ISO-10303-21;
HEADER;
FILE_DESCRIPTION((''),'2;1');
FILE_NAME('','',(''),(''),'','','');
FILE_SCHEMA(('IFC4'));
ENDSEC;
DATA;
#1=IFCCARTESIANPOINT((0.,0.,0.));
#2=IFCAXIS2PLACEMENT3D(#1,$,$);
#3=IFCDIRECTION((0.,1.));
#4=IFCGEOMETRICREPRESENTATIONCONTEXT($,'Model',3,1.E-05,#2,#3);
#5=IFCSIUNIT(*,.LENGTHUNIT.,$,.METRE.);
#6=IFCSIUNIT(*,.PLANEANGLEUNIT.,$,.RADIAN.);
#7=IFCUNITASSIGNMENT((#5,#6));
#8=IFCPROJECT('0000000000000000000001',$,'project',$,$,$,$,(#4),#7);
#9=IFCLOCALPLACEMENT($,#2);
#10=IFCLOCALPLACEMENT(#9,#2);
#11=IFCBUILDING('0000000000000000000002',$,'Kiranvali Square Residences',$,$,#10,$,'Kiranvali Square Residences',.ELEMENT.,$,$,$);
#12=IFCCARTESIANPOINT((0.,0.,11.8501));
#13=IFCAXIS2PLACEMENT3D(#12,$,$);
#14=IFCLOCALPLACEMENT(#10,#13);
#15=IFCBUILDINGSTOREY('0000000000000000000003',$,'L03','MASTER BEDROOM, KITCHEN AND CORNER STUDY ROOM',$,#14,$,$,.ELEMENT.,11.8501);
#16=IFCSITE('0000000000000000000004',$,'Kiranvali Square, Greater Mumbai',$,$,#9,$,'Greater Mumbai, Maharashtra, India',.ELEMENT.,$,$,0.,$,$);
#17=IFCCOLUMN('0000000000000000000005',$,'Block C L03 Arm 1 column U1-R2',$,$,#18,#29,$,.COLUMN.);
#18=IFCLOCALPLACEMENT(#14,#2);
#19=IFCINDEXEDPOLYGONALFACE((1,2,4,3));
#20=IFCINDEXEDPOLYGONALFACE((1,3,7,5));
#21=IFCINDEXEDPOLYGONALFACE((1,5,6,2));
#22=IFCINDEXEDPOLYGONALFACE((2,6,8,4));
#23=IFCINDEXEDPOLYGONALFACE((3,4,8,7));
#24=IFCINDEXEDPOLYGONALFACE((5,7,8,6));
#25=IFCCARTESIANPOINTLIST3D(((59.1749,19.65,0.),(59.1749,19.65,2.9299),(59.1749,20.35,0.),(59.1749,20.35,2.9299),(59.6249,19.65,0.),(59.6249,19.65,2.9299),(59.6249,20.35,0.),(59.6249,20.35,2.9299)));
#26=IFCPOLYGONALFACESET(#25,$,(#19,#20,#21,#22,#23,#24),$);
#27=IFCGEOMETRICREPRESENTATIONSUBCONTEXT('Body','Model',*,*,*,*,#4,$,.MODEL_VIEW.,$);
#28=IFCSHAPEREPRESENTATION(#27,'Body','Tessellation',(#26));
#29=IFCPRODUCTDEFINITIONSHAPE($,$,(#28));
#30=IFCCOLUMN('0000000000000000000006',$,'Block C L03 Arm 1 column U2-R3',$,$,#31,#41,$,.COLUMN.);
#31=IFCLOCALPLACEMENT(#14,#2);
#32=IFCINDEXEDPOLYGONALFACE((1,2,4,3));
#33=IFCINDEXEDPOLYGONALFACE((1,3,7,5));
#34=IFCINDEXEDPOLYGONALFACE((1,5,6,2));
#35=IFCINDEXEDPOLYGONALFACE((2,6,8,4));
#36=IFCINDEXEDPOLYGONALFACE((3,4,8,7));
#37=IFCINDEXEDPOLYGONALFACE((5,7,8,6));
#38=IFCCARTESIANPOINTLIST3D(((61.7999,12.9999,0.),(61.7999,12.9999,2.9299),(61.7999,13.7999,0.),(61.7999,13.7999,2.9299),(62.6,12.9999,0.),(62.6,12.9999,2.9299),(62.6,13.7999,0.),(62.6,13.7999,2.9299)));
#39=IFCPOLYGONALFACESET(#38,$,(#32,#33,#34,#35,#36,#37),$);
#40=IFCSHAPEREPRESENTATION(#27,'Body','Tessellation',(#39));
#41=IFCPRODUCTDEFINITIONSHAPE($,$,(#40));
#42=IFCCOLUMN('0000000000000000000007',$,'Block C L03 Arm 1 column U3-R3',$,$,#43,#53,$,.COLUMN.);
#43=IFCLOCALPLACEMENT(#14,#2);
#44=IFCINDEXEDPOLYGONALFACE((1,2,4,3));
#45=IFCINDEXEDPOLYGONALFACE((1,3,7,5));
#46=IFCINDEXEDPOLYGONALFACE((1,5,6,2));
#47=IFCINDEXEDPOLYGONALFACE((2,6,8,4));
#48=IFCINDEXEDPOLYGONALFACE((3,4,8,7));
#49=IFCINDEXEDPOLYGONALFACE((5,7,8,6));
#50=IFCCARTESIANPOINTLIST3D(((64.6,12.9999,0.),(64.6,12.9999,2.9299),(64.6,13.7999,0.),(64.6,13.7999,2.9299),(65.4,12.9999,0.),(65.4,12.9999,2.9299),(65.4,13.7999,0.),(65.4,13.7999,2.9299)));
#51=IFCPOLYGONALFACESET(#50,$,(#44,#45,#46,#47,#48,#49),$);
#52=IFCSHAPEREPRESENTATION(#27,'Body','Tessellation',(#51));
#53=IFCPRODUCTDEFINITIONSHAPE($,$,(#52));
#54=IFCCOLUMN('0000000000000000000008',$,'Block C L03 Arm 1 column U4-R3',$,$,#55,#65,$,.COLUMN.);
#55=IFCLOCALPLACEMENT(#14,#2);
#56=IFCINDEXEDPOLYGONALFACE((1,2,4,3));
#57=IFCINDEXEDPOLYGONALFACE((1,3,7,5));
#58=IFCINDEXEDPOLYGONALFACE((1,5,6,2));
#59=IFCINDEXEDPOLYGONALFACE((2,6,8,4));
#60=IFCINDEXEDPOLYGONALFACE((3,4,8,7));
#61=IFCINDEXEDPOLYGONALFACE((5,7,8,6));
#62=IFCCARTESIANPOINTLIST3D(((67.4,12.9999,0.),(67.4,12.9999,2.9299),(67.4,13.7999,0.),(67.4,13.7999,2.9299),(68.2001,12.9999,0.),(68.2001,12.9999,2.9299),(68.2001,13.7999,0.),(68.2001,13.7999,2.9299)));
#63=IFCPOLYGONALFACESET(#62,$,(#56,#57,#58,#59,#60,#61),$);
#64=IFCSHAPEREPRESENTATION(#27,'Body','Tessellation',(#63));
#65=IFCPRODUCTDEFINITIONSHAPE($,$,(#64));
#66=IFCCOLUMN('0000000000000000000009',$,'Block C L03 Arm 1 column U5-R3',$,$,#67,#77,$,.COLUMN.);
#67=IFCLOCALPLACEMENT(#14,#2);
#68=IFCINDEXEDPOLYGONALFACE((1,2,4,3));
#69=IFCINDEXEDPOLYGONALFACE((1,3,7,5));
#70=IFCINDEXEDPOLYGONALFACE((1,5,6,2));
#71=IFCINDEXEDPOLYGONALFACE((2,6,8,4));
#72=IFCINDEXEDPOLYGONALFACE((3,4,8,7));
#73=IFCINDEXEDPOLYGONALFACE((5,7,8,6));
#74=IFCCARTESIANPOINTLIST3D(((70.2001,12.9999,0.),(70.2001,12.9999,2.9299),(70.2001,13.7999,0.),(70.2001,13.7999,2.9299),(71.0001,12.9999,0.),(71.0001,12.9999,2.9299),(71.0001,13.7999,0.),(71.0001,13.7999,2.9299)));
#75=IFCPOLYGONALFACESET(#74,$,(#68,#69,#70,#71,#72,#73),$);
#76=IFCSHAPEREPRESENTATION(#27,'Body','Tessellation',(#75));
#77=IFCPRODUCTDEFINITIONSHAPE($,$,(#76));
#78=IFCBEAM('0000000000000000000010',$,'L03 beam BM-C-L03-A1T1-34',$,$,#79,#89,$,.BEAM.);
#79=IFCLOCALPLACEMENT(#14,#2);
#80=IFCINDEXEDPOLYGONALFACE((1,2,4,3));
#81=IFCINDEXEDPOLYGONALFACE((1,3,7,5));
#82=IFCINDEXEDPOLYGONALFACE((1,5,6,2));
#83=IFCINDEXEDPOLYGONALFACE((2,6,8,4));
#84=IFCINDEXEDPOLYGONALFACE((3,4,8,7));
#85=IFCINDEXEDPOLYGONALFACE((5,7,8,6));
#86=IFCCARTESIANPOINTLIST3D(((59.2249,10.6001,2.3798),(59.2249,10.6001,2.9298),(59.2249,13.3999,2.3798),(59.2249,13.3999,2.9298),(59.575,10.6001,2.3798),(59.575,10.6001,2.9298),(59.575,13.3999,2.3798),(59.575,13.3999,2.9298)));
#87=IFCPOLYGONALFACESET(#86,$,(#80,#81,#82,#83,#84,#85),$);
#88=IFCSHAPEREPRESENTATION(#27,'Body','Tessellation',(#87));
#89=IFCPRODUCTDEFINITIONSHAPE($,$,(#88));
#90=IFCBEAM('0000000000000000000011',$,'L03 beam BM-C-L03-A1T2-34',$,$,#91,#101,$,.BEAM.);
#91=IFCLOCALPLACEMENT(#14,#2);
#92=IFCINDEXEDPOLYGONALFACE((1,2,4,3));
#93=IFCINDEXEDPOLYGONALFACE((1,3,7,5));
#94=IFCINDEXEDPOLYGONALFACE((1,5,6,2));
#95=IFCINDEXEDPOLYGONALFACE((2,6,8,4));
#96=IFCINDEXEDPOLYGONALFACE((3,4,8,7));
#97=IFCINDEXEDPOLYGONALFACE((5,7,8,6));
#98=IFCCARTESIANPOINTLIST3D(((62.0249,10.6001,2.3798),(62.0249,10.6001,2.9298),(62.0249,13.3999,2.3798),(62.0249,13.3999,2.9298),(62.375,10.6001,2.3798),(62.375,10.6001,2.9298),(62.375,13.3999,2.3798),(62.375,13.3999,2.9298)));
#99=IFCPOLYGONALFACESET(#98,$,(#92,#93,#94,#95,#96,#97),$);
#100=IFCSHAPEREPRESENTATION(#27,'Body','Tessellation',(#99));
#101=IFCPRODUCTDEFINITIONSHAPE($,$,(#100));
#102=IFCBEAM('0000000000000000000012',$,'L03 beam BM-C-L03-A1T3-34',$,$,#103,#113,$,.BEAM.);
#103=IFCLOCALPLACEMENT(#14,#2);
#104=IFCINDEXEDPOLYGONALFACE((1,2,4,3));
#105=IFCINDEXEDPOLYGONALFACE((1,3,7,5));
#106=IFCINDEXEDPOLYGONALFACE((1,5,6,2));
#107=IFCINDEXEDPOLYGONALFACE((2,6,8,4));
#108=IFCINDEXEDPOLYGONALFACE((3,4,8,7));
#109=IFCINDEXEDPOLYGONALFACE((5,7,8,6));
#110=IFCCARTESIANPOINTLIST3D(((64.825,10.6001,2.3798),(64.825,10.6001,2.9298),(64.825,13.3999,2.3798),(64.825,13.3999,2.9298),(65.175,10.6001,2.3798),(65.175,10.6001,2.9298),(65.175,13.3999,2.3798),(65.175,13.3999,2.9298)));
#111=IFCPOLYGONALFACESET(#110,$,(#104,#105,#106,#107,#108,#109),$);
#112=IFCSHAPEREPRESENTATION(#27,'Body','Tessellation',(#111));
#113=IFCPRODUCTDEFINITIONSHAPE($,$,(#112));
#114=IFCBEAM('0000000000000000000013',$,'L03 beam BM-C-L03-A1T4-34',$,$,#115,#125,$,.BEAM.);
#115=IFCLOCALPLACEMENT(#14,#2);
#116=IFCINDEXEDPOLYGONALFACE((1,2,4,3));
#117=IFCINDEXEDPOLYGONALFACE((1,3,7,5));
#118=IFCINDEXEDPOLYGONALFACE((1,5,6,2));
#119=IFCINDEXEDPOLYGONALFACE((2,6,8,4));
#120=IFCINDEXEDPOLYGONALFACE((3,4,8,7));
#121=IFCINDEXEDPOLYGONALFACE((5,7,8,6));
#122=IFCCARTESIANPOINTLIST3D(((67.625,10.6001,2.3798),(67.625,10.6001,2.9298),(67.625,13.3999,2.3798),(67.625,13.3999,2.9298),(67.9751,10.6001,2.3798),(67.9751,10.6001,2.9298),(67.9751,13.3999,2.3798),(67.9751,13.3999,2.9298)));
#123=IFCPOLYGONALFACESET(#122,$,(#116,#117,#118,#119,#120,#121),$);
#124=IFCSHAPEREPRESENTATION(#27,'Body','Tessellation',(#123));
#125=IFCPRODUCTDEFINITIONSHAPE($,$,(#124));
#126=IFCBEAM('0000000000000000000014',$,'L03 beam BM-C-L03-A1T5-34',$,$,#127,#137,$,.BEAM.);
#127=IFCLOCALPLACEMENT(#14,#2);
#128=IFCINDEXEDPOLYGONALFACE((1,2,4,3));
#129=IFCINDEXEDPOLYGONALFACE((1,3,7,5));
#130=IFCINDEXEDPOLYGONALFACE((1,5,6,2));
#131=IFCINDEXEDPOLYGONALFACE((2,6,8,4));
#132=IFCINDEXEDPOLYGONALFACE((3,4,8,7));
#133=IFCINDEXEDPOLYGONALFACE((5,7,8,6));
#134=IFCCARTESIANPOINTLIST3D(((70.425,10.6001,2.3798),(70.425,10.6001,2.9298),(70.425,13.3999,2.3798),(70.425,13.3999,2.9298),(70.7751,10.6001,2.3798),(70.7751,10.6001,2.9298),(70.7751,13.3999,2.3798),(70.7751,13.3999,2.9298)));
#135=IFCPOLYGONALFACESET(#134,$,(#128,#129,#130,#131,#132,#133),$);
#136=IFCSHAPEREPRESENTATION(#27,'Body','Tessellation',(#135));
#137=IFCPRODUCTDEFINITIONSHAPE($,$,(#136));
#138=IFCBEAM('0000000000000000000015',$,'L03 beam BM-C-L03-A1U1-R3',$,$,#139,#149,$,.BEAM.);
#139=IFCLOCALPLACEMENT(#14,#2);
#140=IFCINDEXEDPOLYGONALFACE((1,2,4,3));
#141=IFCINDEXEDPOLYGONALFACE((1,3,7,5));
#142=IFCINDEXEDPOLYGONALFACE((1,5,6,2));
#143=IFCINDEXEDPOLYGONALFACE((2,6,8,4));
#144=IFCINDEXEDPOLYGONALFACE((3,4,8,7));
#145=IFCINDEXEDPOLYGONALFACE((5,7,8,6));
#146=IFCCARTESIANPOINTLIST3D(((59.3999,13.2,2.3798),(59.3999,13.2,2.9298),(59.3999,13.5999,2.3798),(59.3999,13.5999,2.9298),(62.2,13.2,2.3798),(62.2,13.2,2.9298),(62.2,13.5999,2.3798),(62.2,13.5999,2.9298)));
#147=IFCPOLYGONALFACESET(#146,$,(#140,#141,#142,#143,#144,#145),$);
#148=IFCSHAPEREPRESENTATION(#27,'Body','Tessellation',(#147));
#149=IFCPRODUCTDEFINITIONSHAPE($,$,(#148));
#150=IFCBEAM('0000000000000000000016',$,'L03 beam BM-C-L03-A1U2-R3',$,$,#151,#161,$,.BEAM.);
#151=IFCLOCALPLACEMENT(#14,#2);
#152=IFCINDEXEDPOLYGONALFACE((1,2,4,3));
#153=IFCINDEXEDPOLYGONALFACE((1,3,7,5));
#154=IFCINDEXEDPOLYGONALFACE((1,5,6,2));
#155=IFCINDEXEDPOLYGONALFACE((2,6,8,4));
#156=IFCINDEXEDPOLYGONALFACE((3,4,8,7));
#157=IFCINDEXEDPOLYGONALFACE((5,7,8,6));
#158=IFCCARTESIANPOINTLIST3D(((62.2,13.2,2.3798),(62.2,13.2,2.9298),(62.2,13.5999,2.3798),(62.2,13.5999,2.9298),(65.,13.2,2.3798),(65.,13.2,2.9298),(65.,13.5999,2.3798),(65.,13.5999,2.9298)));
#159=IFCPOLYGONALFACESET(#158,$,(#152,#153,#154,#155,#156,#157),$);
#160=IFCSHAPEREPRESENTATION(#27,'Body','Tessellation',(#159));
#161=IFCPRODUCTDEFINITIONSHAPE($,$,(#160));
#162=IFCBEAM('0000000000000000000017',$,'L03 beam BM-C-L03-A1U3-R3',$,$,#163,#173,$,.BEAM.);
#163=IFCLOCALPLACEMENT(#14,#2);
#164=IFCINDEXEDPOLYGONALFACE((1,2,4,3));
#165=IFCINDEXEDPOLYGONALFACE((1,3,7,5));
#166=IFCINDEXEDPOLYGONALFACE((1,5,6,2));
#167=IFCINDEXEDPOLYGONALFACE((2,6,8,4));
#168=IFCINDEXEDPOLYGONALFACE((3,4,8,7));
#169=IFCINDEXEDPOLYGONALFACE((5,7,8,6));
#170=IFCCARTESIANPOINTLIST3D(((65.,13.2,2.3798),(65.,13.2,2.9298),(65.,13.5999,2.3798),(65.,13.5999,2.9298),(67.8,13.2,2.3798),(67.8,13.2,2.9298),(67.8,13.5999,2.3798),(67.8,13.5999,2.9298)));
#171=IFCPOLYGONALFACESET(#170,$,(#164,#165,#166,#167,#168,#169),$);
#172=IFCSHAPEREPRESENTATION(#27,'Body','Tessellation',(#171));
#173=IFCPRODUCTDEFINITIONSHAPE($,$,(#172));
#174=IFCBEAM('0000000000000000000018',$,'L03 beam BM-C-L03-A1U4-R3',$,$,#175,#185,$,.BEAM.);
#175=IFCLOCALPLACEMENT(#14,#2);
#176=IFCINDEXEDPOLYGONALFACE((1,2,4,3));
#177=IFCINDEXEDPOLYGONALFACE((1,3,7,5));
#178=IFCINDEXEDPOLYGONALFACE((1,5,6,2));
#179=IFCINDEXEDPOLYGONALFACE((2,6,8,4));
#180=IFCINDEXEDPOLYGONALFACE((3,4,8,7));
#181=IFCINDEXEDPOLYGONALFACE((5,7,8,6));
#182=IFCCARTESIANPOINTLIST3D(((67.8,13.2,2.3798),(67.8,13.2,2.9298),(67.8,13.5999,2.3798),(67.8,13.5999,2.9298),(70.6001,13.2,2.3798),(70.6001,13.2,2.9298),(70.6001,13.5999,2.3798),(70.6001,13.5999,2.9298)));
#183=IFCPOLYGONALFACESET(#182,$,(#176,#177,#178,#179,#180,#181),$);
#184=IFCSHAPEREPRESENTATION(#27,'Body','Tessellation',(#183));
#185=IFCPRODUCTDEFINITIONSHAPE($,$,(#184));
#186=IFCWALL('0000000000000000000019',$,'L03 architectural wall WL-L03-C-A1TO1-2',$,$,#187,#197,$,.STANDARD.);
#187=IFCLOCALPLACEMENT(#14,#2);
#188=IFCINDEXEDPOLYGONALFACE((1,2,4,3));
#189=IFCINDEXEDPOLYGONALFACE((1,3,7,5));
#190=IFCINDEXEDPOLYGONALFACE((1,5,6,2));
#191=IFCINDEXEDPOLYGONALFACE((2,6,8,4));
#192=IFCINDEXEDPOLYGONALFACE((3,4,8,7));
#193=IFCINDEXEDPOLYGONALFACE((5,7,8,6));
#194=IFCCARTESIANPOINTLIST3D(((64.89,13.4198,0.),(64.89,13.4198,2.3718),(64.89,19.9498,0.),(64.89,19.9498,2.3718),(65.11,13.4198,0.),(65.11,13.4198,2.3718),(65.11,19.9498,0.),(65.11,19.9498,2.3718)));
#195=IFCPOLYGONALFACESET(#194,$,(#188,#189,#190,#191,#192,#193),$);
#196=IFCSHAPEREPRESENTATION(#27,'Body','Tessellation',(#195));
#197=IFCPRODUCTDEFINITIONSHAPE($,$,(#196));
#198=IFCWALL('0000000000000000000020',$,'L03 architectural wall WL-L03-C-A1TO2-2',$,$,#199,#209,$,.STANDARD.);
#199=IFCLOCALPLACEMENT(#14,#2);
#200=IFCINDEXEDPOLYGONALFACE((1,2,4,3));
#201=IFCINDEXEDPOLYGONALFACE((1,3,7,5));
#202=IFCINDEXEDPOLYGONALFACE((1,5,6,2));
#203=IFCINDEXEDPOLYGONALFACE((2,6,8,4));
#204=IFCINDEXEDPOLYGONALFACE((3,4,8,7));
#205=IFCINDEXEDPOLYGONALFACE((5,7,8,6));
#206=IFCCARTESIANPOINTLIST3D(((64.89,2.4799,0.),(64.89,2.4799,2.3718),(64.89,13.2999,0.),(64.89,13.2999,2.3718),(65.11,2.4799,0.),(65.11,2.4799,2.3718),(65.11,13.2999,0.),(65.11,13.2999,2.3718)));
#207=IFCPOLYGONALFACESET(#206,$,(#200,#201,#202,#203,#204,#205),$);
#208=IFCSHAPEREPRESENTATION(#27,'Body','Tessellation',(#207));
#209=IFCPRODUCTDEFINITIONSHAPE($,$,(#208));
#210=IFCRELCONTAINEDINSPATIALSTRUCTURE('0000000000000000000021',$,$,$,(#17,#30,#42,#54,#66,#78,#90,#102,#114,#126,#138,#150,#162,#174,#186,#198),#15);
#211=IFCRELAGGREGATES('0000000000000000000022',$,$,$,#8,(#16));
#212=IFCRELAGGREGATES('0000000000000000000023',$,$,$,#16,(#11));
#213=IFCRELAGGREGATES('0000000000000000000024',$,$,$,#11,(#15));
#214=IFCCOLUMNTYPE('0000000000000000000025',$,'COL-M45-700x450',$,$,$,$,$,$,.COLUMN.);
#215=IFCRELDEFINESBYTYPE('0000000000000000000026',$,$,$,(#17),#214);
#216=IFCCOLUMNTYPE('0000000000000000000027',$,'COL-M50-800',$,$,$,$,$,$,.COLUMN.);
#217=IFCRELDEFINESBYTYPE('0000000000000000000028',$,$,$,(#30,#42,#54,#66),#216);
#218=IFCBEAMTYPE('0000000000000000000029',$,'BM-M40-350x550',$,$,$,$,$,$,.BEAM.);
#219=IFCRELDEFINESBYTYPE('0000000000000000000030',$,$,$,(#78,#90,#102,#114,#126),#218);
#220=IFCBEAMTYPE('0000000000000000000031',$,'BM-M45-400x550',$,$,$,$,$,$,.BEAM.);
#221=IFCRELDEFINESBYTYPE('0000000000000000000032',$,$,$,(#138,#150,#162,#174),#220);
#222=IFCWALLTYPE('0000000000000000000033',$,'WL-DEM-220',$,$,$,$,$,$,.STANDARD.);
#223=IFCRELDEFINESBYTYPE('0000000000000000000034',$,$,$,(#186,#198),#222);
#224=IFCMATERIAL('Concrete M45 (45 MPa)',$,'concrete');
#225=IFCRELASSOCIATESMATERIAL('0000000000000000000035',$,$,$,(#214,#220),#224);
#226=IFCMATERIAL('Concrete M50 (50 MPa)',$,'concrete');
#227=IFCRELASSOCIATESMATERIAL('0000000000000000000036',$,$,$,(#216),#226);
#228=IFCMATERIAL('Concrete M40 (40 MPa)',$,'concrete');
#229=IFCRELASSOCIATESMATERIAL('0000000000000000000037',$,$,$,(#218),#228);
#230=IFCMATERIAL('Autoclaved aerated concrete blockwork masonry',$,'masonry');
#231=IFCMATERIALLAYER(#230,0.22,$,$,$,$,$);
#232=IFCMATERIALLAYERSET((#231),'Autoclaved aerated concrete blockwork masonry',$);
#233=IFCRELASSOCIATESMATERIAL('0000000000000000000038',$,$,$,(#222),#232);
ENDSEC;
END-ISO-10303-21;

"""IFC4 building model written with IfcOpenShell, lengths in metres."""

from ifc_helpers import new_model, si_unit, direction, frame, frame_2d, origin, origin_2d, place, context, subcontext, project, spatial, rectangle, extrude, material, layer, layer_set, material_profile, profile_set, type_object, element, save


model = new_model("IFC4")

# Units and contexts
model_context = context("Model", 3, precision=1e-05, world=origin(), true_north=direction((0.0, 1.0)))
body_context = subcontext(model_context, "Body", "Model", "MODEL_VIEW")
ifc_project = project(units=[si_unit("LENGTHUNIT", "METRE"), si_unit("PLANEANGLEUNIT", "RADIAN")], contexts=[model_context])

# Site, building, storey
site_placement = place(None, origin())
site = spatial("IfcSite", under=ifc_project, at=site_placement, Name="Kiranvali Square, Greater Mumbai", LongName="Greater Mumbai, Maharashtra, India", CompositionType="ELEMENT", RefElevation=0.0)
building_placement = place(site_placement, origin())
building = spatial("IfcBuilding", under=site, at=building_placement, Name="Kiranvali Square Residences", LongName="Kiranvali Square Residences", CompositionType="ELEMENT")
storey_placement = place(building_placement, frame((0.0, 0.0, 11.8501)))
storey = spatial("IfcBuildingStorey", under=building, at=storey_placement, Name="L03", Description="MASTER BEDROOM, KITCHEN AND CORNER STUDY ROOM", CompositionType="ELEMENT", Elevation=11.8501)

# Columns
ifc_material_1 = material(Name="Concrete M45 (45 MPa)", Category="concrete")
ifc_material_profile_1 = material_profile(ifc_material_1, rectangle(XDim=0.45, YDim=0.7, at=origin_2d()), Name="RC 700x450")
ifc_profile_set_1 = profile_set([ifc_material_profile_1], Name="Concrete M45 (45 MPa)")
column_type_1 = type_object("IfcColumnType", Name="COL-M45-700x450", PredefinedType="COLUMN", material=ifc_profile_set_1)
column_placement = place(storey_placement, frame((59.3999, 20.0, 0.0), z_axis=(0.0, 0.0, 1.0), x_axis=(1.0, 0.0, 0.0)))
element("IfcColumn", 1, at=column_placement, inside=storey, type_object=column_type_1, Name="Block C L03 Arm 1 column U1-R2", PredefinedType="COLUMN", context=body_context, shape_type="SweptSolid", body=[
    extrude(rectangle(XDim=0.45, YDim=0.7, at=origin_2d()), origin(), (0.0, 0.0, 1.0), 2.9299),
])
ifc_material_2 = material(Name="Concrete M50 (50 MPa)", Category="concrete")
ifc_material_profile_2 = material_profile(ifc_material_2, rectangle(XDim=0.8, YDim=0.8, at=origin_2d()), Name="RC 800x800")
ifc_profile_set_2 = profile_set([ifc_material_profile_2], Name="Concrete M50 (50 MPa)")
column_type_2 = type_object("IfcColumnType", Name="COL-M50-800", PredefinedType="COLUMN", material=ifc_profile_set_2)
for number, where, z_axis, x_axis, name in (
    (2, (62.2, 13.3999, 0.0), (0.0, 0.0, 1.0), (1.0, 0.0, 0.0), "Block C L03 Arm 1 column U2-R3"),
    (3, (65.0, 13.3999, 0.0), (0.0, 0.0, 1.0), (1.0, 0.0, 0.0), "Block C L03 Arm 1 column U3-R3"),
    (4, (67.8, 13.3999, 0.0), (0.0, 0.0, 1.0), (1.0, 0.0, 0.0), "Block C L03 Arm 1 column U4-R3"),
    (5, (70.6001, 13.3999, 0.0), (0.0, 0.0, 1.0), (1.0, 0.0, 0.0), "Block C L03 Arm 1 column U5-R3"),
):
    element("IfcColumn", number, at=place(storey_placement, frame(where, z_axis=z_axis, x_axis=x_axis)), inside=storey, type_object=column_type_2, Name=name, PredefinedType="COLUMN", context=body_context, shape_type="SweptSolid", body=[
        extrude(rectangle(XDim=0.8, YDim=0.8, at=origin_2d()), origin(), (0.0, 0.0, 1.0), 2.9299),
    ])

# Beams
ifc_material_3 = material(Name="Concrete M40 (40 MPa)", Category="concrete")
ifc_material_profile_3 = material_profile(ifc_material_3, rectangle(XDim=0.3501, YDim=0.55, at=origin_2d()), Name="RC 350x550")
ifc_profile_set_3 = profile_set([ifc_material_profile_3], Name="Concrete M40 (40 MPa)")
beam_type_1 = type_object("IfcBeamType", Name="BM-M40-350x550", PredefinedType="BEAM", material=ifc_profile_set_3)
for number, where, z_axis, x_axis, name in (
    (6, (59.3999, 13.3999, 2.6548), (0.0, -1.0, 0.0), (1.0, 0.0, 0.0), "L03 beam BM-C-L03-A1T1-34"),
    (7, (62.2, 13.3999, 2.6548), (0.0, -1.0, 0.0), (1.0, 0.0, 0.0), "L03 beam BM-C-L03-A1T2-34"),
    (8, (65.0, 13.3999, 2.6548), (0.0, -1.0, 0.0), (1.0, 0.0, 0.0), "L03 beam BM-C-L03-A1T3-34"),
    (9, (67.8, 13.3999, 2.6548), (0.0, -1.0, 0.0), (1.0, 0.0, 0.0), "L03 beam BM-C-L03-A1T4-34"),
    (10, (70.6001, 13.3999, 2.6548), (0.0, -1.0, 0.0), (1.0, 0.0, 0.0), "L03 beam BM-C-L03-A1T5-34"),
):
    element("IfcBeam", number, at=place(storey_placement, frame(where, z_axis=z_axis, x_axis=x_axis)), inside=storey, type_object=beam_type_1, Name=name, PredefinedType="BEAM", context=body_context, shape_type="SweptSolid", body=[
        extrude(rectangle(XDim=0.3501, YDim=0.55, at=origin_2d()), origin(), (0.0, 0.0, 1.0), 2.7998),
    ])
ifc_material_profile_4 = material_profile(ifc_material_1, rectangle(XDim=0.3999, YDim=0.55, at=origin_2d()), Name="RC 400x550")
ifc_profile_set_4 = profile_set([ifc_material_profile_4], Name="Concrete M45 (45 MPa)")
beam_type_2 = type_object("IfcBeamType", Name="BM-M45-400x550", PredefinedType="BEAM", material=ifc_profile_set_4)
for number, where, z_axis, x_axis, name in (
    (11, (59.3999, 13.3999, 2.6548), (1.0, 0.0, 0.0), (0.0, 1.0, 0.0), "L03 beam BM-C-L03-A1U1-R3"),
    (12, (62.2, 13.3999, 2.6548), (1.0, 0.0, 0.0), (0.0, 1.0, 0.0), "L03 beam BM-C-L03-A1U2-R3"),
    (13, (65.0, 13.3999, 2.6548), (1.0, 0.0, 0.0), (0.0, 1.0, 0.0), "L03 beam BM-C-L03-A1U3-R3"),
    (14, (67.8, 13.3999, 2.6548), (1.0, 0.0, 0.0), (0.0, 1.0, 0.0), "L03 beam BM-C-L03-A1U4-R3"),
):
    element("IfcBeam", number, at=place(storey_placement, frame(where, z_axis=z_axis, x_axis=x_axis)), inside=storey, type_object=beam_type_2, Name=name, PredefinedType="BEAM", context=body_context, shape_type="SweptSolid", body=[
        extrude(rectangle(XDim=0.3999, YDim=0.55, at=origin_2d()), origin(), (0.0, 0.0, 1.0), 2.8),
    ])

# Walls
ifc_material_4 = material(Name="Autoclaved aerated concrete blockwork masonry", Category="masonry")
ifc_layer_1 = layer(ifc_material_4, 0.22)
ifc_layer_set_1 = layer_set([ifc_layer_1], Name="Autoclaved aerated concrete blockwork masonry")
wall_type_1 = type_object("IfcWallType", Name="WL-DEM-220", PredefinedType="STANDARD", material=ifc_layer_set_1)
wall_1_placement = place(storey_placement, frame((65.0, 19.95, 0.0), z_axis=(0.0, 0.0, 1.0), x_axis=(0.0, -1.0, 0.0)))
element("IfcWall", 15, at=wall_1_placement, inside=storey, type_object=wall_type_1, Name="L03 architectural wall WL-L03-C-A1TO1-2", PredefinedType="STANDARD", context=body_context, shape_type="SweptSolid", body=[
    extrude(rectangle(XDim=6.53, YDim=0.22, at=frame_2d((3.2651, 0.0))), origin(), (0.0, 0.0, 1.0), 2.3718),
])
wall_2_placement = place(storey_placement, frame((65.0, 13.3, 0.0), z_axis=(0.0, 0.0, 1.0), x_axis=(0.0, -1.0, 0.0)))
element("IfcWall", 16, at=wall_2_placement, inside=storey, type_object=wall_type_1, Name="L03 architectural wall WL-L03-C-A1TO2-2", PredefinedType="STANDARD", context=body_context, shape_type="SweptSolid", body=[
    extrude(rectangle(XDim=10.8201, YDim=0.22, at=frame_2d((5.4102, 0.0))), origin(), (0.0, 0.0, 1.0), 2.3718),
])

save(model, "model.ifc")
